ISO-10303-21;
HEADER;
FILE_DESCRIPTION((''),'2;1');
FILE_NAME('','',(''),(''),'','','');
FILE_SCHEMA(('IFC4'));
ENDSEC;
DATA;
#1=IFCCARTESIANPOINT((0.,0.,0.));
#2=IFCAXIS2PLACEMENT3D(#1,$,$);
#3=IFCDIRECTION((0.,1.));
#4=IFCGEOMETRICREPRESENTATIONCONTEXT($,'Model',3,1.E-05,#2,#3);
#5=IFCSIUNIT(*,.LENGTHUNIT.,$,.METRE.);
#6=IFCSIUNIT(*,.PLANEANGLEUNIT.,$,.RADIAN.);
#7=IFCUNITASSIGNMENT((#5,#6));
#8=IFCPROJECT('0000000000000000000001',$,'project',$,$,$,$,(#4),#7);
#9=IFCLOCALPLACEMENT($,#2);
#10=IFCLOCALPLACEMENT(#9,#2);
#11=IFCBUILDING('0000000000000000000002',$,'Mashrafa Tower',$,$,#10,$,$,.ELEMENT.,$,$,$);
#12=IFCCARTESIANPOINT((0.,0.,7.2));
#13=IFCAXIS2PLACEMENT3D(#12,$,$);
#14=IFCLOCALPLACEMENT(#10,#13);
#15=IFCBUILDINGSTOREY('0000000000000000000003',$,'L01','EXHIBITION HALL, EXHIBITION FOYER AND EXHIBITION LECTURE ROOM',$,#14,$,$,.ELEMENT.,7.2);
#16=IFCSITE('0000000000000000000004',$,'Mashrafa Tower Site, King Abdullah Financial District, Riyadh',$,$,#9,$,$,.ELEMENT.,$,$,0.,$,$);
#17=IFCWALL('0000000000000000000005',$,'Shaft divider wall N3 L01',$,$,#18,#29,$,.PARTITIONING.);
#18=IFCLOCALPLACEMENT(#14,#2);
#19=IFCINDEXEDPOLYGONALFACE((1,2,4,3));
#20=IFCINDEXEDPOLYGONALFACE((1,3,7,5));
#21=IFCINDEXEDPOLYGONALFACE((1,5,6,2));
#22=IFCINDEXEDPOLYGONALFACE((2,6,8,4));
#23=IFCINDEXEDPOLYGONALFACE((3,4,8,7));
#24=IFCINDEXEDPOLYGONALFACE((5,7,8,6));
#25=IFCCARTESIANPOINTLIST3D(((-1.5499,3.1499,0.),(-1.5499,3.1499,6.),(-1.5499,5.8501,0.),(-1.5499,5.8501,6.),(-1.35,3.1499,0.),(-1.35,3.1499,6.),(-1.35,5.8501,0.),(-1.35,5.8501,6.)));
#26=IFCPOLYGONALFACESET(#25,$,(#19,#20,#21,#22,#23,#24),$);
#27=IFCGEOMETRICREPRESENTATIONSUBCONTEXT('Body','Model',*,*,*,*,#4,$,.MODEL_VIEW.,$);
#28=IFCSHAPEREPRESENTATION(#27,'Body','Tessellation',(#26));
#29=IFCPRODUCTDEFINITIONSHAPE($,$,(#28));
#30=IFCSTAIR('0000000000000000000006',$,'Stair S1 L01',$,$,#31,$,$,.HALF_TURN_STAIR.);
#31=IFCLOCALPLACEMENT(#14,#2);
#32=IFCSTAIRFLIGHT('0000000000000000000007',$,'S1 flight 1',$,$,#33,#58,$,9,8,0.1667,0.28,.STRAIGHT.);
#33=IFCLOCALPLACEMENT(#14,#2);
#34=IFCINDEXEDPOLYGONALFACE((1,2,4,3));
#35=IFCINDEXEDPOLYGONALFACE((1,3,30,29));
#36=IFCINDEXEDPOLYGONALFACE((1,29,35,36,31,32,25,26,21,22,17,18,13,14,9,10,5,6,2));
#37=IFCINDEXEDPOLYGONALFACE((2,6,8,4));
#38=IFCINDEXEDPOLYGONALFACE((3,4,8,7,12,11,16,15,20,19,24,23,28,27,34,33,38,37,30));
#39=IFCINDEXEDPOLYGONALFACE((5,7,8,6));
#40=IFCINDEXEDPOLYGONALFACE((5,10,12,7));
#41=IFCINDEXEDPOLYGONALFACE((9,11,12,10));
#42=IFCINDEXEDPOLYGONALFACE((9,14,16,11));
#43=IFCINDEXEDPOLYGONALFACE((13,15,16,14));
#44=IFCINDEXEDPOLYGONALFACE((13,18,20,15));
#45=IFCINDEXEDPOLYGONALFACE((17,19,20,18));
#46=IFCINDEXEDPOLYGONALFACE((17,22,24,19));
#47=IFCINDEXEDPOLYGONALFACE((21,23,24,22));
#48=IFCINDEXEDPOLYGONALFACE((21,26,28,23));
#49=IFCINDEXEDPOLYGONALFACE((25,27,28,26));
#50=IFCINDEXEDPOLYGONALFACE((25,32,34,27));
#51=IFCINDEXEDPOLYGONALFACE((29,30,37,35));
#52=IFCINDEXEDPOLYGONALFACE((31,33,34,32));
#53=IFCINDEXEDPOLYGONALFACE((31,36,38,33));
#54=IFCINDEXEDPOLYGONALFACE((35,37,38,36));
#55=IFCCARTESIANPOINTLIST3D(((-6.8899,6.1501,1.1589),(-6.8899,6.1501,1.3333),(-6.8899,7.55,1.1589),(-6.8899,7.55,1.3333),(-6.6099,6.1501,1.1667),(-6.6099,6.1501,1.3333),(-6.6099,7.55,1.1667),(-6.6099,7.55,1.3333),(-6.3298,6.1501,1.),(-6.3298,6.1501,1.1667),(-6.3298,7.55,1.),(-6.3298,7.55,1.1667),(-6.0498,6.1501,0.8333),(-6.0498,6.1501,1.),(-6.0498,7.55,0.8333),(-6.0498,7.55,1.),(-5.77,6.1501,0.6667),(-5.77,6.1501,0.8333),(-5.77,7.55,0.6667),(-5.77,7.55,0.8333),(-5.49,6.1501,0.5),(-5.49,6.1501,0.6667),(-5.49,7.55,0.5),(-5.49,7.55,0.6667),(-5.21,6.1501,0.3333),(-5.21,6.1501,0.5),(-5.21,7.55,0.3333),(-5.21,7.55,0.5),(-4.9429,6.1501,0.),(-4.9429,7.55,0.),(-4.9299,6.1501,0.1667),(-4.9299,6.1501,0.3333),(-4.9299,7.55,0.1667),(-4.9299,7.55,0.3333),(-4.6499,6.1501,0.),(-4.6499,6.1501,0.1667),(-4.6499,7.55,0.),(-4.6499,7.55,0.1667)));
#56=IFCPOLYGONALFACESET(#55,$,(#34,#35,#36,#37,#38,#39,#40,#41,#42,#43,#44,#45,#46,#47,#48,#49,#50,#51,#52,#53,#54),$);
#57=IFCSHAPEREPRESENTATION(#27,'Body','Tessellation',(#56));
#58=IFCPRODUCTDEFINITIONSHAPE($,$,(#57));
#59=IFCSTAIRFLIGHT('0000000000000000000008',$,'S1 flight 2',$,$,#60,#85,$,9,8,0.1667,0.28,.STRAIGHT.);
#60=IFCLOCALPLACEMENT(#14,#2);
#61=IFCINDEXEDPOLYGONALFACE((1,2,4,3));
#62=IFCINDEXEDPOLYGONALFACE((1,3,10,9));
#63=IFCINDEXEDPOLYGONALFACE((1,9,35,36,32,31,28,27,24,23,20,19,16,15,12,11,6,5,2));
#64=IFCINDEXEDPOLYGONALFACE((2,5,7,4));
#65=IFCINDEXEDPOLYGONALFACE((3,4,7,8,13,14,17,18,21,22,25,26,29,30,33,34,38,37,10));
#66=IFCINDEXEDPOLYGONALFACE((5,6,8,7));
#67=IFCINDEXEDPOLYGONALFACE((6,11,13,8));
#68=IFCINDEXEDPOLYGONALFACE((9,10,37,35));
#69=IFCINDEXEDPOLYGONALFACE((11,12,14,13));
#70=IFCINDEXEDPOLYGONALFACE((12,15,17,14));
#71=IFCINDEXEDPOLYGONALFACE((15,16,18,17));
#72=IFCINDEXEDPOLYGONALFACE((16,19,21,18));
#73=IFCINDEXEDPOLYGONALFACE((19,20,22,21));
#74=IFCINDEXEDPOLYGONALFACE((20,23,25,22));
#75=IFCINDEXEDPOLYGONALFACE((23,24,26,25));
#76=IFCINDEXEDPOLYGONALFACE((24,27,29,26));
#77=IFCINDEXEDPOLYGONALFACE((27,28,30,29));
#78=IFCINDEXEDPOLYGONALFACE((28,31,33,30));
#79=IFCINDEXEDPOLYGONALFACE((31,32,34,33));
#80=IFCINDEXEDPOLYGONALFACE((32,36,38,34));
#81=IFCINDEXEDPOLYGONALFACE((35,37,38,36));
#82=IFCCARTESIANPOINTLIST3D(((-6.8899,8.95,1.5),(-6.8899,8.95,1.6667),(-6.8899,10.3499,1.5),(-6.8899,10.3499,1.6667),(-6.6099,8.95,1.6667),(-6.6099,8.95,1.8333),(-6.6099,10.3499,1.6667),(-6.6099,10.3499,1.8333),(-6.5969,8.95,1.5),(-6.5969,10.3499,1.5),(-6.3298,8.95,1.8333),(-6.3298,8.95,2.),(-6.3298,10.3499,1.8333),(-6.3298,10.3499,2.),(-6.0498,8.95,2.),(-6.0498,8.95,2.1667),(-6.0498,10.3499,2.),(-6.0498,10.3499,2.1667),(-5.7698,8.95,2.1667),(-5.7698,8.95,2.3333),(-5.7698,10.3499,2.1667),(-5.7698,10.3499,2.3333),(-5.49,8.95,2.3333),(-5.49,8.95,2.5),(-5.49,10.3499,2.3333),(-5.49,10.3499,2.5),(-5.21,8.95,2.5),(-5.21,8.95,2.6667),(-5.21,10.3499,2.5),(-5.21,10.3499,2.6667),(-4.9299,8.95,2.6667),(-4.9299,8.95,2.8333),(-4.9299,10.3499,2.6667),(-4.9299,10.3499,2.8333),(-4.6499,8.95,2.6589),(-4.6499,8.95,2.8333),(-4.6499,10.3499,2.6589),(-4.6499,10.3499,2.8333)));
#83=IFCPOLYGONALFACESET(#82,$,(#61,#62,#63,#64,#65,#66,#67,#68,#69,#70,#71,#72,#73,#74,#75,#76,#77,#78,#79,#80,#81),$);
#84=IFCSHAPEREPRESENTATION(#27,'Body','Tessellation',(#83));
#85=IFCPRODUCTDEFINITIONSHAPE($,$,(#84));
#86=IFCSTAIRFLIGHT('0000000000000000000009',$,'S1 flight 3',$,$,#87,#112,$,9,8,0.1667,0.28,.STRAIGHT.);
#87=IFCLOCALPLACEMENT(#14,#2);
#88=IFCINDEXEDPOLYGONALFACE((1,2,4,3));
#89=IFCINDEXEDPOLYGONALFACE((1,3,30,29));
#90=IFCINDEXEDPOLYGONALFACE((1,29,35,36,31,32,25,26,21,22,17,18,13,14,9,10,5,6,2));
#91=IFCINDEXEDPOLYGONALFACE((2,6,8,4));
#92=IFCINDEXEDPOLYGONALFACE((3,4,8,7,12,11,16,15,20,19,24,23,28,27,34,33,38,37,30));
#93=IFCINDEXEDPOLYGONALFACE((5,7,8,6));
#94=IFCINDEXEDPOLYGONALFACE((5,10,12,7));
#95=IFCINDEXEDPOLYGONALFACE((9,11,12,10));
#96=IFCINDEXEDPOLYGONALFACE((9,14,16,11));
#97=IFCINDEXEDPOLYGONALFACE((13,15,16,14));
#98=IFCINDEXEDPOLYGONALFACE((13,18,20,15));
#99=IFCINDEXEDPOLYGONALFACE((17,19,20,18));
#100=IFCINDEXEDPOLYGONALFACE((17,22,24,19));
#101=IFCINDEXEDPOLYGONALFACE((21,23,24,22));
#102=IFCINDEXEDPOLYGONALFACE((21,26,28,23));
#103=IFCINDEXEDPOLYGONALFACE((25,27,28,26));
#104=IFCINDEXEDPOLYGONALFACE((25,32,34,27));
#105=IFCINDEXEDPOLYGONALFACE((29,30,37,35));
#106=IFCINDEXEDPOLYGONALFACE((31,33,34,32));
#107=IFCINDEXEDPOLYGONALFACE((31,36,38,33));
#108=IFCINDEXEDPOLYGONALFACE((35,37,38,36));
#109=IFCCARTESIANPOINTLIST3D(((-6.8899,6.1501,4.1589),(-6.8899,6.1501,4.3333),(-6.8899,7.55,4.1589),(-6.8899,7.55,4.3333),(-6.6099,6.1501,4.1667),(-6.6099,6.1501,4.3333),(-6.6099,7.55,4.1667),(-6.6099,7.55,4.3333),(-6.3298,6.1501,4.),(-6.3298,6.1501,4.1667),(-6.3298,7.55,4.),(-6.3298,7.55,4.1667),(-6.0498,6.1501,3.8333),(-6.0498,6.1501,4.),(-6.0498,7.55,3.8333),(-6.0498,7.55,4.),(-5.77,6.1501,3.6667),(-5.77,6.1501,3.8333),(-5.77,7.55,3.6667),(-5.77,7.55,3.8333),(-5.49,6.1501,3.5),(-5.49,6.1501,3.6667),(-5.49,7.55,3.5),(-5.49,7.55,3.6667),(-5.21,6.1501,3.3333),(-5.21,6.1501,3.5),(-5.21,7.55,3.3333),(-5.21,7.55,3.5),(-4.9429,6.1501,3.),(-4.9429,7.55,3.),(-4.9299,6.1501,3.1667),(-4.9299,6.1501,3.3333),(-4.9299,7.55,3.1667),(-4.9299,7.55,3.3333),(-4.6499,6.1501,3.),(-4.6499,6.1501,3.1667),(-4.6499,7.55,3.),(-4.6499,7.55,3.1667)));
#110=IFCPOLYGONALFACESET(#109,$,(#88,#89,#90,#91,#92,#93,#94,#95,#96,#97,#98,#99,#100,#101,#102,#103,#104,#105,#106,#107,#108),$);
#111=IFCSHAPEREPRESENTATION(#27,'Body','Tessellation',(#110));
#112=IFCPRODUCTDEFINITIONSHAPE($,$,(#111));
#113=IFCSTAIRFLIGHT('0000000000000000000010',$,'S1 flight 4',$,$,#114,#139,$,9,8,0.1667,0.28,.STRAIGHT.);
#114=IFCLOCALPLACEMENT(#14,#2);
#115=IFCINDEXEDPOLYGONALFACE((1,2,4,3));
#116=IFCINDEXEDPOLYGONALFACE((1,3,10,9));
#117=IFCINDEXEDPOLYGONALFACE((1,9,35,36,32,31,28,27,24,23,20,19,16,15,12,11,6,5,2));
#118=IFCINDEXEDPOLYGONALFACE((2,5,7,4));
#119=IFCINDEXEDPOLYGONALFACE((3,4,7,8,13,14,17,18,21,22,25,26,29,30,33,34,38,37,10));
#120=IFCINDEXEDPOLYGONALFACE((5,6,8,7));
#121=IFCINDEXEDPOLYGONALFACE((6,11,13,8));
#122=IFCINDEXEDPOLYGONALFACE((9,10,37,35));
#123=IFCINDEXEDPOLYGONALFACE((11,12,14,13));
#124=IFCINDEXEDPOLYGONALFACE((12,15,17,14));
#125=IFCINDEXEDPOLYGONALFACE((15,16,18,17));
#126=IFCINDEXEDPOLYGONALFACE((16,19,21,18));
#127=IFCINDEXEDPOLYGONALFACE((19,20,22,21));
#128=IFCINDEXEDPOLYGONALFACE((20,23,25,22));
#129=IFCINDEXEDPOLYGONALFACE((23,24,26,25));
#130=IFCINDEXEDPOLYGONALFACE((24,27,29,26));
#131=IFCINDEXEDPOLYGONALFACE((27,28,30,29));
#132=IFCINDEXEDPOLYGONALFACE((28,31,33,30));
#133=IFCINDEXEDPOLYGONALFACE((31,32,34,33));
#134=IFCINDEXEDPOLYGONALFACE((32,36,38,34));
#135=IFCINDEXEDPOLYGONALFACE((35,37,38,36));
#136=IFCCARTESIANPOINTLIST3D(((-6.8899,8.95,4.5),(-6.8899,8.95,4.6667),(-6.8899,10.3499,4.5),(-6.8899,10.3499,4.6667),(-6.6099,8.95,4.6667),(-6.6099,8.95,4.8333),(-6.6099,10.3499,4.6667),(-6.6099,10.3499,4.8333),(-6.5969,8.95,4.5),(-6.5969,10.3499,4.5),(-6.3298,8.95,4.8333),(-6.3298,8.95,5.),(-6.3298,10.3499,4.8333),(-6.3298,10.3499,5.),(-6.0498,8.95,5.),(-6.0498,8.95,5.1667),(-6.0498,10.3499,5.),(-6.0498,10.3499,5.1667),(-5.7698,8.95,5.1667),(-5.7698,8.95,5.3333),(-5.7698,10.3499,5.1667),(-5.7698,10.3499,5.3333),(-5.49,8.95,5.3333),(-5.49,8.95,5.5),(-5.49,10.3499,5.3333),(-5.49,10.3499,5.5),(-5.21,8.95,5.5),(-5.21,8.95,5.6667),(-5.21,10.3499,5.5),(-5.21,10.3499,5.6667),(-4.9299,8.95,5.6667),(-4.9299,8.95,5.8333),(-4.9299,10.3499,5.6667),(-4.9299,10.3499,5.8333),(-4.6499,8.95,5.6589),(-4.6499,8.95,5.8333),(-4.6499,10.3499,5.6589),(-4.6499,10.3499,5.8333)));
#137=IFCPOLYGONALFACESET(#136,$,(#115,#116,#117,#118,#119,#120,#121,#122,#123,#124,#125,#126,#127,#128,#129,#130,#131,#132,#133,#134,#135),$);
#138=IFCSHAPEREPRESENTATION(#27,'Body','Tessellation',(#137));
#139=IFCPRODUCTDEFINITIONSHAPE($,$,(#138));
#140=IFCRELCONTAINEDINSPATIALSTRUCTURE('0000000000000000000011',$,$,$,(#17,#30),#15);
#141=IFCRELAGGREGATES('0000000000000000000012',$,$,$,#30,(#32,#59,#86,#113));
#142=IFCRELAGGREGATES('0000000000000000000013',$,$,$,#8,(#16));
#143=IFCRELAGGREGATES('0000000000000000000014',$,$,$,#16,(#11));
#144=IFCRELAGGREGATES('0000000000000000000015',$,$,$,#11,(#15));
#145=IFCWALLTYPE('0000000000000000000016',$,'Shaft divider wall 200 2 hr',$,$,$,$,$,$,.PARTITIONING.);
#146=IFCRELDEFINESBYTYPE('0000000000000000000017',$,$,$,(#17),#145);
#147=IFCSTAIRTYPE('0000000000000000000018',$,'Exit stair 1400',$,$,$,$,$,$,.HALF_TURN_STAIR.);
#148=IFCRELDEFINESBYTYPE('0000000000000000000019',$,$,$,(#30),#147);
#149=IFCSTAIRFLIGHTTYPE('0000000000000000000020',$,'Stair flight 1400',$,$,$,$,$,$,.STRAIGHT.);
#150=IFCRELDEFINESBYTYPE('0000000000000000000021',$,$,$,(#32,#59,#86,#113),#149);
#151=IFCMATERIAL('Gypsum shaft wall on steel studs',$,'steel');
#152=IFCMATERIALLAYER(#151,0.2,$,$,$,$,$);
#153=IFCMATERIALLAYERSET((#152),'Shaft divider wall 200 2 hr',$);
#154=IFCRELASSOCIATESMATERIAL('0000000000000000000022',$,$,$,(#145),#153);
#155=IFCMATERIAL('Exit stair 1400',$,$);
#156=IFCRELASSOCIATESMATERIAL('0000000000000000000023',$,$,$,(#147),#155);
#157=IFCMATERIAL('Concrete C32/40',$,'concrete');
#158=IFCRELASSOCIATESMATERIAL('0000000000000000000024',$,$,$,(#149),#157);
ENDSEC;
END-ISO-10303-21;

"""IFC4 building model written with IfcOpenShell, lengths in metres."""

from ifc_helpers import new_model, si_unit, direction, frame, frame_2d, origin, place, context, subcontext, project, spatial, polyline, rectangle, outline, extrude, material, layer, layer_set, type_object, element, aggregate, save


model = new_model("IFC4")

# Units and contexts
model_context = context("Model", 3, precision=1e-05, world=origin(), true_north=direction((0.0, 1.0)))
body_context = subcontext(model_context, "Body", "Model", "MODEL_VIEW")
ifc_project = project(units=[si_unit("LENGTHUNIT", "METRE"), si_unit("PLANEANGLEUNIT", "RADIAN")], contexts=[model_context])

# Site, building, storey
site_placement = place(None, origin())
site = spatial("IfcSite", under=ifc_project, at=site_placement, Name="Mashrafa Tower Site, King Abdullah Financial District, Riyadh", CompositionType="ELEMENT", RefElevation=0.0)
building_placement = place(site_placement, origin())
building = spatial("IfcBuilding", under=site, at=building_placement, Name="Mashrafa Tower", CompositionType="ELEMENT")
storey_placement = place(building_placement, frame((0.0, 0.0, 7.2)))
storey = spatial("IfcBuildingStorey", under=building, at=storey_placement, Name="L01", Description="EXHIBITION HALL, EXHIBITION FOYER AND EXHIBITION LECTURE ROOM", CompositionType="ELEMENT", Elevation=7.2)

# Wall
ifc_material_1 = material(Name="Gypsum shaft wall on steel studs", Category="steel")
ifc_layer_1 = layer(ifc_material_1, 0.2)
ifc_layer_set_1 = layer_set([ifc_layer_1], Name="Shaft divider wall 200 2 hr")
wall_type_1 = type_object("IfcWallType", Name="Shaft divider wall 200 2 hr", PredefinedType="PARTITIONING", material=ifc_layer_set_1)
for number, where, z_axis, x_axis, name in (
    (1, (-1.45, 3.1499, 0.0), (0.0, 0.0, 1.0), (0.0, 1.0, 0.0), "Shaft divider wall N3 L01"),
):
    element("IfcWall", number, at=place(storey_placement, frame(where, z_axis=z_axis, x_axis=x_axis)), inside=storey, type_object=wall_type_1, Name=name, PredefinedType="PARTITIONING", context=body_context, shape_type="SweptSolid", body=[
        extrude(rectangle(XDim=2.7002, YDim=0.2, at=frame_2d((1.3501, 0.0))), origin(), (0.0, 0.0, 1.0), 6.0),
    ])

# Stair, stair flights
ifc_material_2 = material(Name="Exit stair 1400")
stair_type = type_object("IfcStairType", Name="Exit stair 1400", PredefinedType="HALF_TURN_STAIR", material=ifc_material_2)
stair_placement = place(storey_placement, origin())
stair = element("IfcStair", 2, at=stair_placement, inside=storey, type_object=stair_type, Name="Stair S1 L01", PredefinedType="HALF_TURN_STAIR")
ifc_material_3 = material(Name="Concrete C32/40", Category="concrete")
stair_flight_type = type_object("IfcStairFlightType", Name="Stair flight 1400", PredefinedType="STRAIGHT", material=ifc_material_3)
stair_flight_1_placement = place(storey_placement, frame((-4.6499, 6.8501, 0.0), z_axis=(0.0, 0.0, 1.0), x_axis=(-1.0, 0.0, 0.0)))
stair_flight_1 = element("IfcStairFlight", 3, at=stair_flight_1_placement, type_object=stair_flight_type, Name="S1 flight 1", NumberOfRisers=9, NumberOfTreads=8, PredefinedType="STRAIGHT", RiserHeight=0.1667, TreadLength=0.28, context=body_context, shape_type="SweptSolid", body=[
    extrude(outline(polyline([(0.0, 0.0), (0.0, 0.1667), (0.28, 0.1667), (0.28, 0.3333), (0.5601, 0.3333), (0.5601, 0.5), (0.8401, 0.5), (0.8401, 0.6667), (1.1201, 0.6667), (1.1201, 0.8333), (1.3999, 0.8333), (1.3999, 1.0), (1.6799, 1.0), (1.6799, 1.1667), (1.96, 1.1667), (1.96, 1.3333), (2.24, 1.3333), (2.24, 1.5), (2.24, 1.1589), (0.293, 0.0), (0.0, 0.0)])), frame((0.0, 0.7, 0.0), z_axis=(0.0, -1.0, 0.0), x_axis=(1.0, 0.0, 0.0)), (0.0, 0.0, 1.0), 1.3999),
])
stair_flight_2_placement = place(storey_placement, frame((-6.8899, 9.6499, 1.5), z_axis=(0.0, 0.0, 1.0), x_axis=(1.0, 0.0, 0.0)))
stair_flight_2 = element("IfcStairFlight", 4, at=stair_flight_2_placement, type_object=stair_flight_type, Name="S1 flight 2", NumberOfRisers=9, NumberOfTreads=8, PredefinedType="STRAIGHT", RiserHeight=0.1667, TreadLength=0.28, context=body_context, shape_type="SweptSolid", body=[
    extrude(outline(polyline([(0.0, 0.0), (0.0, 0.1667), (0.28, 0.1667), (0.28, 0.3333), (0.5601, 0.3333), (0.5601, 0.5), (0.8401, 0.5), (0.8401, 0.6667), (1.1201, 0.6667), (1.1201, 0.8333), (1.3999, 0.8333), (1.3999, 1.0), (1.6799, 1.0), (1.6799, 1.1667), (1.96, 1.1667), (1.96, 1.3333), (2.24, 1.3333), (2.24, 1.5), (2.24, 1.1589), (0.293, 0.0), (0.0, 0.0)])), frame((0.0, 0.7, 0.0), z_axis=(0.0, -1.0, 0.0), x_axis=(1.0, 0.0, 0.0)), (0.0, 0.0, 1.0), 1.3999),
])
stair_flight_3_placement = place(storey_placement, frame((-4.6499, 6.8501, 3.0), z_axis=(0.0, 0.0, 1.0), x_axis=(-1.0, 0.0, 0.0)))
stair_flight_3 = element("IfcStairFlight", 5, at=stair_flight_3_placement, type_object=stair_flight_type, Name="S1 flight 3", NumberOfRisers=9, NumberOfTreads=8, PredefinedType="STRAIGHT", RiserHeight=0.1667, TreadLength=0.28, context=body_context, shape_type="SweptSolid", body=[
    extrude(outline(polyline([(0.0, 0.0), (0.0, 0.1667), (0.28, 0.1667), (0.28, 0.3333), (0.5601, 0.3333), (0.5601, 0.5), (0.8401, 0.5), (0.8401, 0.6667), (1.1201, 0.6667), (1.1201, 0.8333), (1.3999, 0.8333), (1.3999, 1.0), (1.6799, 1.0), (1.6799, 1.1667), (1.96, 1.1667), (1.96, 1.3333), (2.24, 1.3333), (2.24, 1.5), (2.24, 1.1589), (0.293, 0.0), (0.0, 0.0)])), frame((0.0, 0.7, 0.0), z_axis=(0.0, -1.0, 0.0), x_axis=(1.0, 0.0, 0.0)), (0.0, 0.0, 1.0), 1.3999),
])
stair_flight_4_placement = place(storey_placement, frame((-6.8899, 9.6499, 4.5), z_axis=(0.0, 0.0, 1.0), x_axis=(1.0, 0.0, 0.0)))
stair_flight_4 = element("IfcStairFlight", 6, at=stair_flight_4_placement, type_object=stair_flight_type, Name="S1 flight 4", NumberOfRisers=9, NumberOfTreads=8, PredefinedType="STRAIGHT", RiserHeight=0.1667, TreadLength=0.28, context=body_context, shape_type="SweptSolid", body=[
    extrude(outline(polyline([(0.0, 0.0), (0.0, 0.1667), (0.28, 0.1667), (0.28, 0.3333), (0.5601, 0.3333), (0.5601, 0.5), (0.8401, 0.5), (0.8401, 0.6667), (1.1201, 0.6667), (1.1201, 0.8333), (1.3999, 0.8333), (1.3999, 1.0), (1.6799, 1.0), (1.6799, 1.1667), (1.96, 1.1667), (1.96, 1.3333), (2.24, 1.3333), (2.24, 1.5), (2.24, 1.1589), (0.293, 0.0), (0.0, 0.0)])), frame((0.0, 0.7, 0.0), z_axis=(0.0, -1.0, 0.0), x_axis=(1.0, 0.0, 0.0)), (0.0, 0.0, 1.0), 1.3999),
])
aggregate(stair, [stair_flight_1, stair_flight_2, stair_flight_3, stair_flight_4])

save(model, "model.ifc")
